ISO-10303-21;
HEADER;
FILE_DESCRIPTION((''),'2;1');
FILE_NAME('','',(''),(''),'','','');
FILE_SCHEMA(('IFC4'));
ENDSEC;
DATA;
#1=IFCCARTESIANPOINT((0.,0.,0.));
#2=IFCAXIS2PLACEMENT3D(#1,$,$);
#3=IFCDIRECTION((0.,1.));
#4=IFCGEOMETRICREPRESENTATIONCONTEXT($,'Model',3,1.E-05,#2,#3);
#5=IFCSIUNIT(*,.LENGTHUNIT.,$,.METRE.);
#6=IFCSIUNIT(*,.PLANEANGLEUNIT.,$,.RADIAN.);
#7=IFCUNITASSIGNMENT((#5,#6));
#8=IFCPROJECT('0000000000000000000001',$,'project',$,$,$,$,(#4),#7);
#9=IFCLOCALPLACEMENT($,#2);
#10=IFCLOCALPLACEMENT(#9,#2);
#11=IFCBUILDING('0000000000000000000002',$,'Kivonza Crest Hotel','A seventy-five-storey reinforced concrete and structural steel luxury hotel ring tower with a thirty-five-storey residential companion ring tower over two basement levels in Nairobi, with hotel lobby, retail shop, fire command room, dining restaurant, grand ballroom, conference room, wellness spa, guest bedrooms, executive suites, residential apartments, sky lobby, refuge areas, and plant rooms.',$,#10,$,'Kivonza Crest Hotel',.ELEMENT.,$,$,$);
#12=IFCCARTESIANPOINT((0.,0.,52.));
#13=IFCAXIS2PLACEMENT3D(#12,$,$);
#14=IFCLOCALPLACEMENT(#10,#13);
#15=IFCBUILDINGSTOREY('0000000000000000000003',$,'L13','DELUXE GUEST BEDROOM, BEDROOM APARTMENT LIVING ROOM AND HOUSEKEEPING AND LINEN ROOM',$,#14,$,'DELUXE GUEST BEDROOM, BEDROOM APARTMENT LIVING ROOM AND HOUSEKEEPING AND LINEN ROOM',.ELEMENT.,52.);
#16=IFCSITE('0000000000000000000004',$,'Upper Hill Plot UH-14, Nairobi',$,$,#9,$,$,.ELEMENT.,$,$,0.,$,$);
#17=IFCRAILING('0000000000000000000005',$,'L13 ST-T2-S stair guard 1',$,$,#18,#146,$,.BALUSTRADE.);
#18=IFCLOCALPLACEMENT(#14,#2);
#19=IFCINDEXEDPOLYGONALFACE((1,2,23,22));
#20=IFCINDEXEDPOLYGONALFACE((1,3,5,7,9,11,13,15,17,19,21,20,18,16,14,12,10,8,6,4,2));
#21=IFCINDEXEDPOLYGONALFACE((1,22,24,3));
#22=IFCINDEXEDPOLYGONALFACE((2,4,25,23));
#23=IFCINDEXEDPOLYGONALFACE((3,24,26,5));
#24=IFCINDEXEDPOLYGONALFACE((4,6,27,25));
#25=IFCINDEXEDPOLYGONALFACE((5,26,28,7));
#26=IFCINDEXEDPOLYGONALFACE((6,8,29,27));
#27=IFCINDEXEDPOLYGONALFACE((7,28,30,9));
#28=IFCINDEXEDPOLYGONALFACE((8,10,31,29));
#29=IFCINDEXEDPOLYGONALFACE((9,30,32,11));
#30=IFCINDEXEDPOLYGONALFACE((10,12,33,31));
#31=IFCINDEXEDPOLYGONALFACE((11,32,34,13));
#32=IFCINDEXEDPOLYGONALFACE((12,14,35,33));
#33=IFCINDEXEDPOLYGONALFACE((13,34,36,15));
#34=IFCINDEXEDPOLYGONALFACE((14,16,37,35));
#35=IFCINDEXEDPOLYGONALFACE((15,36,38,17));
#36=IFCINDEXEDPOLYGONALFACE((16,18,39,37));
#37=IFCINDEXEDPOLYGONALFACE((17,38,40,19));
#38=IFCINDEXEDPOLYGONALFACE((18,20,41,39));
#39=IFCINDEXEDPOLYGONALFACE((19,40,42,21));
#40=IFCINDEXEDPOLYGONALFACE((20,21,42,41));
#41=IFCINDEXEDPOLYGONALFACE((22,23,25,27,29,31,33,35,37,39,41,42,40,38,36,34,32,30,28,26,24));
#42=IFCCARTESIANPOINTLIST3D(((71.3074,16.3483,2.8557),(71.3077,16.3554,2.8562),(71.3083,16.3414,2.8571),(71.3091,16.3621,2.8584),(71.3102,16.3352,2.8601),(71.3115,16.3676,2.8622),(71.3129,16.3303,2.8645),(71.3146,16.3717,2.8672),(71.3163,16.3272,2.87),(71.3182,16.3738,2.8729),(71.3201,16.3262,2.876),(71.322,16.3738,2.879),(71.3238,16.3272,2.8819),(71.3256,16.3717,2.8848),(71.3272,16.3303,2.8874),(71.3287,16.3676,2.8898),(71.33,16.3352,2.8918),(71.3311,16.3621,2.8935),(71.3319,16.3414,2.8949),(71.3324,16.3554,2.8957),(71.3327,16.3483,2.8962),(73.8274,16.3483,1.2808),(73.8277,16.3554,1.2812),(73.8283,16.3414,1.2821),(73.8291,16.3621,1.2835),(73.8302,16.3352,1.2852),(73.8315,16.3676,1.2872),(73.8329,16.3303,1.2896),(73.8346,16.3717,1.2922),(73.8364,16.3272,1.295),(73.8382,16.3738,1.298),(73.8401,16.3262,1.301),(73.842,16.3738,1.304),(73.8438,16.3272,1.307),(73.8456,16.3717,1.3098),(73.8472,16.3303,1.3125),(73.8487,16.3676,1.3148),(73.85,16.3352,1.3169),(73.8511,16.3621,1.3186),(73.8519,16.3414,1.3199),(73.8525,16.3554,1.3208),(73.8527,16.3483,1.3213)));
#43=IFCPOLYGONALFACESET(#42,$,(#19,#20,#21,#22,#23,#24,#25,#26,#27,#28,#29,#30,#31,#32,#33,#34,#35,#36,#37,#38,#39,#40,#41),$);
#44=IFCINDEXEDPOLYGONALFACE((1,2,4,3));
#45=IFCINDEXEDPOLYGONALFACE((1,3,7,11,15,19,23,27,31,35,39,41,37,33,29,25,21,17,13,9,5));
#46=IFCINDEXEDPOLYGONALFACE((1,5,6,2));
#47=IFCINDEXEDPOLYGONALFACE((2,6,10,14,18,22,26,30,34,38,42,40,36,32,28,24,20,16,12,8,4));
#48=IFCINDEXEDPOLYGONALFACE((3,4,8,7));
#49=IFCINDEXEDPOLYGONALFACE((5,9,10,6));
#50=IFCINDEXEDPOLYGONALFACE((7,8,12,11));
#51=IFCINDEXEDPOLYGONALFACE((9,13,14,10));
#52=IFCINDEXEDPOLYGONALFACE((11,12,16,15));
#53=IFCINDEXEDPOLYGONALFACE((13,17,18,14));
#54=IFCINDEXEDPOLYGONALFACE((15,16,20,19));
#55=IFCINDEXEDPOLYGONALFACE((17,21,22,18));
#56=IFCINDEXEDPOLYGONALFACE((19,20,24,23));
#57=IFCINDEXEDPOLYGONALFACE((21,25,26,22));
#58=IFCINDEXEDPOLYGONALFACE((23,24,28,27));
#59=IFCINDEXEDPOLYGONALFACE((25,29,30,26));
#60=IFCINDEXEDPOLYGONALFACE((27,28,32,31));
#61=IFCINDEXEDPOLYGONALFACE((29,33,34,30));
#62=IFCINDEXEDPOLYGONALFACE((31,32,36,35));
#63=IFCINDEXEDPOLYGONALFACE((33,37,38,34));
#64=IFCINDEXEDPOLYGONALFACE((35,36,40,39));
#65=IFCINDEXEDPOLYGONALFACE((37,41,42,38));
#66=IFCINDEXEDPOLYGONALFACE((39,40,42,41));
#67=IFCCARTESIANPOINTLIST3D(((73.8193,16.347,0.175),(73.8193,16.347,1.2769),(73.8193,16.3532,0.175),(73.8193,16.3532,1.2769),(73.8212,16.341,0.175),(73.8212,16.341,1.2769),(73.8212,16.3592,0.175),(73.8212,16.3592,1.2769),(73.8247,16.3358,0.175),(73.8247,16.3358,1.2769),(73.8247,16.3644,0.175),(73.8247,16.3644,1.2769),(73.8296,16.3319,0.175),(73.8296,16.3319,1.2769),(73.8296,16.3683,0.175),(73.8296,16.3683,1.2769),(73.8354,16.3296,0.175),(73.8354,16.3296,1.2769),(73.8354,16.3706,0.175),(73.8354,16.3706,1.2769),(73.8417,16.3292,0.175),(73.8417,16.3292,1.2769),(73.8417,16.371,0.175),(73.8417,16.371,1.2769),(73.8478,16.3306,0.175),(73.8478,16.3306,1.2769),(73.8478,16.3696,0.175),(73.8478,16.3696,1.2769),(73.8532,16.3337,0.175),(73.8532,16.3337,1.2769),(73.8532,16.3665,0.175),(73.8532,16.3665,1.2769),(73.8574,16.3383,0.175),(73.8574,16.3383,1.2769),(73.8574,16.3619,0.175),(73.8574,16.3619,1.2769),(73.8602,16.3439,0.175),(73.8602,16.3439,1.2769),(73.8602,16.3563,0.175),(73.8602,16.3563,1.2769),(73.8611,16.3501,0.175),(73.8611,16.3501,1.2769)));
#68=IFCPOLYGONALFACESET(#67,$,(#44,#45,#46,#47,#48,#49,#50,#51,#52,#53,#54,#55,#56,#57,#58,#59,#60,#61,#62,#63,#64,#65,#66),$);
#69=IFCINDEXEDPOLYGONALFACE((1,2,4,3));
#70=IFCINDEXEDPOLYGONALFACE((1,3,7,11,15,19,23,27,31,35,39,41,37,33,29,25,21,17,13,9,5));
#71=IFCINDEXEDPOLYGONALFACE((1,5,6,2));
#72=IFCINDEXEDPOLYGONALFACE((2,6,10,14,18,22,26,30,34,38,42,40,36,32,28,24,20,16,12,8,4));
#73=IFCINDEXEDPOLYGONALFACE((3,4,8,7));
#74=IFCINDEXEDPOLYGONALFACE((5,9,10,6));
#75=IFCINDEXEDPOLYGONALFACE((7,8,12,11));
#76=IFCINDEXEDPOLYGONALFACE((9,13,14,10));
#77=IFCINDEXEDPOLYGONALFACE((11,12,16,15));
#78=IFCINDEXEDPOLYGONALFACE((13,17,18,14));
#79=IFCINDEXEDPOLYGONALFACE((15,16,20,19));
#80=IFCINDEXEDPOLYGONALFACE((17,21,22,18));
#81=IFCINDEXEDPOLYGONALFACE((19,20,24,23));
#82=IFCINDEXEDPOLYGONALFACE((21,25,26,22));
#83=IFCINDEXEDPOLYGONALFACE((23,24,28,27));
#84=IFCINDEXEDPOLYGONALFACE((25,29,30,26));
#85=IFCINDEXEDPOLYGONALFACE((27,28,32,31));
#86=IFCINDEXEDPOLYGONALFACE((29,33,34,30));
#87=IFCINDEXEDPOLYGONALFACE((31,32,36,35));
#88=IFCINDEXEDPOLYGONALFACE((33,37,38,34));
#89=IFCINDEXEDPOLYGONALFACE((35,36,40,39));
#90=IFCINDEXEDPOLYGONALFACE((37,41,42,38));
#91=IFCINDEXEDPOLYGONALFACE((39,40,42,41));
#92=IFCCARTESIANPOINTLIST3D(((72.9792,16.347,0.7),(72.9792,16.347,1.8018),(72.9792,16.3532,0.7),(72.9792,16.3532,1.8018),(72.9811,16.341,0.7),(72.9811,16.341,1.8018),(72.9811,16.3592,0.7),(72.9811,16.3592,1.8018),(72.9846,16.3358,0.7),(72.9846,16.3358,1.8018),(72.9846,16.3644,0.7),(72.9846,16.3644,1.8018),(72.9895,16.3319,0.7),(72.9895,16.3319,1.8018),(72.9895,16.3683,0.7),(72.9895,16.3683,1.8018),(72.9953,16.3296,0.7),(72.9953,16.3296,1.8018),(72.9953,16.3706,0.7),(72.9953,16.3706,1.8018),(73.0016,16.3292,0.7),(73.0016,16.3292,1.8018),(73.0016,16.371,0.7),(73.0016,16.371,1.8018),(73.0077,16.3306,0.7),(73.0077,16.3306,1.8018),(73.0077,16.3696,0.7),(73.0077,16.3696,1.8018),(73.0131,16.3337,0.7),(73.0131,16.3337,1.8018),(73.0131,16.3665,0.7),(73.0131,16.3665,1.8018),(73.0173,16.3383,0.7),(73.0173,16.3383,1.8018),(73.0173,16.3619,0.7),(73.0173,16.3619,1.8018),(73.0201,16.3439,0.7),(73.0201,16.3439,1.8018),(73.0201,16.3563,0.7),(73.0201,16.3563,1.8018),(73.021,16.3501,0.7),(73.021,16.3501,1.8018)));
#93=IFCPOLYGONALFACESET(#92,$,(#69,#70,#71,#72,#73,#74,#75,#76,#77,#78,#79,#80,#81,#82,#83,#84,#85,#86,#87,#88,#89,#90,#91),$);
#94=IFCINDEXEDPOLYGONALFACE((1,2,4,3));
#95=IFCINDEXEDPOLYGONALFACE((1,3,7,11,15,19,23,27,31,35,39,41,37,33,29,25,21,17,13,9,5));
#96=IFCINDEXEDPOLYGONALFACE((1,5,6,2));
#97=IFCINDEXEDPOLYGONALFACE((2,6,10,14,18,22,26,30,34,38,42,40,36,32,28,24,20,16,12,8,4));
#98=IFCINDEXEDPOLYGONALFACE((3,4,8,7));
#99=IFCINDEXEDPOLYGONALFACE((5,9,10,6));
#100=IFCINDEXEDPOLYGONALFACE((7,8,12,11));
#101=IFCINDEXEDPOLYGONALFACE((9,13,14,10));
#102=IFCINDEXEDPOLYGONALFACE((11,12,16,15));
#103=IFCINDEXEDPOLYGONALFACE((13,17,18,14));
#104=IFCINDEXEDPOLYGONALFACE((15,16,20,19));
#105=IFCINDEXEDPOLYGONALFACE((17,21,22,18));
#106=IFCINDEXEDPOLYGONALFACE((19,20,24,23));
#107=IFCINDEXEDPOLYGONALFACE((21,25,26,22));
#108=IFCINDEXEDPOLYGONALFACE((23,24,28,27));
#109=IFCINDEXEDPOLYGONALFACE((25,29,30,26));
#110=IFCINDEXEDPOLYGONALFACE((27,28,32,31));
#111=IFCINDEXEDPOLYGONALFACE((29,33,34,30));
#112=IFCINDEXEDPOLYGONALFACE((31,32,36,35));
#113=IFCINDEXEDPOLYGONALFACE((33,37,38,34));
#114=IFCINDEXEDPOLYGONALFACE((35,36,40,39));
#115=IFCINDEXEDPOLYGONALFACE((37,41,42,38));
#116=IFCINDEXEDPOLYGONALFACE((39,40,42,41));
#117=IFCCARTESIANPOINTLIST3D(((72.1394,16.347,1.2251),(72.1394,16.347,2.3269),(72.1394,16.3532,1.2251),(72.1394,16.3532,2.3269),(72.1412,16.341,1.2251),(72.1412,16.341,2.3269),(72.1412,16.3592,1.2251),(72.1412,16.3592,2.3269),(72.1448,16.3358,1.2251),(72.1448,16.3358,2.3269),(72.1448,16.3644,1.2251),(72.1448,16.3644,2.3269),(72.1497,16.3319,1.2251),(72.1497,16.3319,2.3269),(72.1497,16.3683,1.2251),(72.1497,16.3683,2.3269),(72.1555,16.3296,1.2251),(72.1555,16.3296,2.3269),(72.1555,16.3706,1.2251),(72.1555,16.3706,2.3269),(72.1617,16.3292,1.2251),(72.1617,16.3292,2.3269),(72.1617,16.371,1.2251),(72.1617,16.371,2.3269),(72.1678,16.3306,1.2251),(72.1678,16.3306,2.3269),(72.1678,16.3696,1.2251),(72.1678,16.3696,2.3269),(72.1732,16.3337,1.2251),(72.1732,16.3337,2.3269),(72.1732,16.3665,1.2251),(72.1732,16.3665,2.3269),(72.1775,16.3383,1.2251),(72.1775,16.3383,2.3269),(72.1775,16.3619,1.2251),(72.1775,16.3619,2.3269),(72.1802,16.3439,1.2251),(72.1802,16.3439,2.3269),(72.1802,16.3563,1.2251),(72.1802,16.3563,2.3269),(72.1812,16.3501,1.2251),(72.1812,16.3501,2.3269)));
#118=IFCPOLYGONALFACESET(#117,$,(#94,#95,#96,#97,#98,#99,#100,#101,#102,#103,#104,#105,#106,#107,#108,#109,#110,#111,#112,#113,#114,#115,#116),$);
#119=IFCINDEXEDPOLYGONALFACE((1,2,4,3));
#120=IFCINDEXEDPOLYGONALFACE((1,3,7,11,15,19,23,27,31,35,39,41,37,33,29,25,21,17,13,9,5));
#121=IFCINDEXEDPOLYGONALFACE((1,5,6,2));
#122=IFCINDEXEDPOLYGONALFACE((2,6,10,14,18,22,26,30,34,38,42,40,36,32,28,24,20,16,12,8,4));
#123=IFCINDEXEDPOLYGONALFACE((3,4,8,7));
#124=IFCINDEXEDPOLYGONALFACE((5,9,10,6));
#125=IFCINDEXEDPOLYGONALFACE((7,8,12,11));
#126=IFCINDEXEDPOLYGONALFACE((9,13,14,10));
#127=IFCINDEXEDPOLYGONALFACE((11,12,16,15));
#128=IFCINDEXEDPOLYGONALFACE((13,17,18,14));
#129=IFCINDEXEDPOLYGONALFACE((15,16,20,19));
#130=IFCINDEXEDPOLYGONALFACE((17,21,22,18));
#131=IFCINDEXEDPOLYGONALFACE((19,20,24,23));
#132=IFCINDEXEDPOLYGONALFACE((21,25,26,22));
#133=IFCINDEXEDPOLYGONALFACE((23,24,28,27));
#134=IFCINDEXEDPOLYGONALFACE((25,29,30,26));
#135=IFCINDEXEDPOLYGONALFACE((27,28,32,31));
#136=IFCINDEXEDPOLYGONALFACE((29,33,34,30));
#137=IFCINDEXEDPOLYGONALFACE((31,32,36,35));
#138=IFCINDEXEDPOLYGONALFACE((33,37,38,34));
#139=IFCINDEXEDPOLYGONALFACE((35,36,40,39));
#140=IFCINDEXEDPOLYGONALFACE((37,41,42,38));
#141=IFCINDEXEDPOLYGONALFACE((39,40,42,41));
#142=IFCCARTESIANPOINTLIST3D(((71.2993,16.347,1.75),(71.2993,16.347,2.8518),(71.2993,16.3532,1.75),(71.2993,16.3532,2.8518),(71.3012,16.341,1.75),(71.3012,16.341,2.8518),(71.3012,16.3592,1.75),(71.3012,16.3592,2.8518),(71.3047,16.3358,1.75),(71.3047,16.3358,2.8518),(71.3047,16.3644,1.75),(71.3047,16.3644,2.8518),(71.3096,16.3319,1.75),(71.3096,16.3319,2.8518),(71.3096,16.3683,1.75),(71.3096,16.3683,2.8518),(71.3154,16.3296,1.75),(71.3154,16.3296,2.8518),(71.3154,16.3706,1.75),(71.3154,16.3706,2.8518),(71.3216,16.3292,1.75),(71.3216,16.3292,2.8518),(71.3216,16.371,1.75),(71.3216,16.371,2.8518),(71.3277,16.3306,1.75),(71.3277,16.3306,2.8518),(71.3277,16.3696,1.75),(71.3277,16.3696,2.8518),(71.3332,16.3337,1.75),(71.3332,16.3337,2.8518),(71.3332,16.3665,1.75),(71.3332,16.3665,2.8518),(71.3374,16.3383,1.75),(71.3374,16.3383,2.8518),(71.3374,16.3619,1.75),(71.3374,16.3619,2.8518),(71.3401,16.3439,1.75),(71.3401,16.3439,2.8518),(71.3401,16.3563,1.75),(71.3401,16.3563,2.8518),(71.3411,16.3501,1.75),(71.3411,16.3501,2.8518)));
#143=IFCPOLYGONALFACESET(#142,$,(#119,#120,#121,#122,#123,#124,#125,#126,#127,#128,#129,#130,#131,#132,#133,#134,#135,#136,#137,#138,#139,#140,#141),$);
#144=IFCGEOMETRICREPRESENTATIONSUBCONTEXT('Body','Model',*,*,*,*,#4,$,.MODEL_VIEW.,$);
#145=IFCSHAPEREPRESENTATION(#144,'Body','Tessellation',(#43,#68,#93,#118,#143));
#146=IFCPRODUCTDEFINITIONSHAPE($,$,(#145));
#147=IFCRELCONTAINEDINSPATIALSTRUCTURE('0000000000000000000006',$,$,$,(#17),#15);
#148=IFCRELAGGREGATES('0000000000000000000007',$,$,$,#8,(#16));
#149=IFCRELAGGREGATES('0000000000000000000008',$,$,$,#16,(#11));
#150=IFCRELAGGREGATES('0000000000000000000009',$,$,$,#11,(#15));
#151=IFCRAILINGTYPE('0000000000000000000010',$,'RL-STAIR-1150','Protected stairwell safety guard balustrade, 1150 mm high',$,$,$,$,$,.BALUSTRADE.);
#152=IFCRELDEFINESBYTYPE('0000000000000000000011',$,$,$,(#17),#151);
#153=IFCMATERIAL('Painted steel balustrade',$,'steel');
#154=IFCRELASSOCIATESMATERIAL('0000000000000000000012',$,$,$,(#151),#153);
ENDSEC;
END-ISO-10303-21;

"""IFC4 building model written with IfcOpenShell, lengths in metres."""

from ifc_helpers import new_model, si_unit, direction, frame, origin, origin_2d, place, context, subcontext, project, spatial, circle, extrude, material, type_object, element, save


model = new_model("IFC4")

# Units and contexts
model_context = context("Model", 3, precision=1e-05, world=origin(), true_north=direction((0.0, 1.0)))
body_context = subcontext(model_context, "Body", "Model", "MODEL_VIEW")
ifc_project = project(units=[si_unit("LENGTHUNIT", "METRE"), si_unit("PLANEANGLEUNIT", "RADIAN")], contexts=[model_context])

# Site, building, storey
site_placement = place(None, origin())
site = spatial("IfcSite", under=ifc_project, at=site_placement, Name="Upper Hill Plot UH-14, Nairobi", CompositionType="ELEMENT", RefElevation=0.0)
building_placement = place(site_placement, origin())
building = spatial("IfcBuilding", under=site, at=building_placement, Name="Kivonza Crest Hotel", Description="A seventy-five-storey reinforced concrete and structural steel luxury hotel ring tower with a thirty-five-storey residential companion ring tower over two basement levels in Nairobi, with hotel lobby, retail shop, fire command room, dining restaurant, grand ballroom, conference room, wellness spa, guest bedrooms, executive suites, residential apartments, sky lobby, refuge areas, and plant rooms.", LongName="Kivonza Crest Hotel", CompositionType="ELEMENT")
storey_placement = place(building_placement, frame((0.0, 0.0, 52.0)))
storey = spatial("IfcBuildingStorey", under=building, at=storey_placement, Name="L13", Description="DELUXE GUEST BEDROOM, BEDROOM APARTMENT LIVING ROOM AND HOUSEKEEPING AND LINEN ROOM", LongName="DELUXE GUEST BEDROOM, BEDROOM APARTMENT LIVING ROOM AND HOUSEKEEPING AND LINEN ROOM", CompositionType="ELEMENT", Elevation=52.0)

# Railing
ifc_material_1 = material(Name="Painted steel balustrade", Category="steel")
railing_type_1 = type_object("IfcRailingType", Name="RL-STAIR-1150", Description="Protected stairwell safety guard balustrade, 1150 mm high", PredefinedType="BALUSTRADE", material=ifc_material_1)
railing_1_placement = place(storey_placement, frame((73.8401, 16.3501, 0.175)))
element("IfcRailing", 1, at=railing_1_placement, inside=storey, type_object=railing_type_1, Name="L13 ST-T2-S stair guard 1", PredefinedType="BALUSTRADE", context=body_context, shape_type="SweptSolid", body=[
    extrude(circle(Radius=0.0239, at=origin_2d()), frame((0.0, 0.0, 1.126), z_axis=(-0.848008, 0.0, 0.529984), x_axis=(0.0, -1.0, 0.0)), (0.0, 0.0, 1.0), 2.9717),
    extrude(circle(Radius=0.021, at=origin_2d()), origin(), (0.0, 0.0, 1.0), 1.1018),
    extrude(circle(Radius=0.021, at=origin_2d()), frame((-0.8401, 0.0, 0.5249)), (0.0, 0.0, 1.0), 1.1018),
    extrude(circle(Radius=0.021, at=origin_2d()), frame((-1.6799, 0.0, 1.05)), (0.0, 0.0, 1.0), 1.1018),
    extrude(circle(Radius=0.021, at=origin_2d()), frame((-2.52, 0.0, 1.575)), (0.0, 0.0, 1.0), 1.1018),
])

save(model, "model.ifc")
